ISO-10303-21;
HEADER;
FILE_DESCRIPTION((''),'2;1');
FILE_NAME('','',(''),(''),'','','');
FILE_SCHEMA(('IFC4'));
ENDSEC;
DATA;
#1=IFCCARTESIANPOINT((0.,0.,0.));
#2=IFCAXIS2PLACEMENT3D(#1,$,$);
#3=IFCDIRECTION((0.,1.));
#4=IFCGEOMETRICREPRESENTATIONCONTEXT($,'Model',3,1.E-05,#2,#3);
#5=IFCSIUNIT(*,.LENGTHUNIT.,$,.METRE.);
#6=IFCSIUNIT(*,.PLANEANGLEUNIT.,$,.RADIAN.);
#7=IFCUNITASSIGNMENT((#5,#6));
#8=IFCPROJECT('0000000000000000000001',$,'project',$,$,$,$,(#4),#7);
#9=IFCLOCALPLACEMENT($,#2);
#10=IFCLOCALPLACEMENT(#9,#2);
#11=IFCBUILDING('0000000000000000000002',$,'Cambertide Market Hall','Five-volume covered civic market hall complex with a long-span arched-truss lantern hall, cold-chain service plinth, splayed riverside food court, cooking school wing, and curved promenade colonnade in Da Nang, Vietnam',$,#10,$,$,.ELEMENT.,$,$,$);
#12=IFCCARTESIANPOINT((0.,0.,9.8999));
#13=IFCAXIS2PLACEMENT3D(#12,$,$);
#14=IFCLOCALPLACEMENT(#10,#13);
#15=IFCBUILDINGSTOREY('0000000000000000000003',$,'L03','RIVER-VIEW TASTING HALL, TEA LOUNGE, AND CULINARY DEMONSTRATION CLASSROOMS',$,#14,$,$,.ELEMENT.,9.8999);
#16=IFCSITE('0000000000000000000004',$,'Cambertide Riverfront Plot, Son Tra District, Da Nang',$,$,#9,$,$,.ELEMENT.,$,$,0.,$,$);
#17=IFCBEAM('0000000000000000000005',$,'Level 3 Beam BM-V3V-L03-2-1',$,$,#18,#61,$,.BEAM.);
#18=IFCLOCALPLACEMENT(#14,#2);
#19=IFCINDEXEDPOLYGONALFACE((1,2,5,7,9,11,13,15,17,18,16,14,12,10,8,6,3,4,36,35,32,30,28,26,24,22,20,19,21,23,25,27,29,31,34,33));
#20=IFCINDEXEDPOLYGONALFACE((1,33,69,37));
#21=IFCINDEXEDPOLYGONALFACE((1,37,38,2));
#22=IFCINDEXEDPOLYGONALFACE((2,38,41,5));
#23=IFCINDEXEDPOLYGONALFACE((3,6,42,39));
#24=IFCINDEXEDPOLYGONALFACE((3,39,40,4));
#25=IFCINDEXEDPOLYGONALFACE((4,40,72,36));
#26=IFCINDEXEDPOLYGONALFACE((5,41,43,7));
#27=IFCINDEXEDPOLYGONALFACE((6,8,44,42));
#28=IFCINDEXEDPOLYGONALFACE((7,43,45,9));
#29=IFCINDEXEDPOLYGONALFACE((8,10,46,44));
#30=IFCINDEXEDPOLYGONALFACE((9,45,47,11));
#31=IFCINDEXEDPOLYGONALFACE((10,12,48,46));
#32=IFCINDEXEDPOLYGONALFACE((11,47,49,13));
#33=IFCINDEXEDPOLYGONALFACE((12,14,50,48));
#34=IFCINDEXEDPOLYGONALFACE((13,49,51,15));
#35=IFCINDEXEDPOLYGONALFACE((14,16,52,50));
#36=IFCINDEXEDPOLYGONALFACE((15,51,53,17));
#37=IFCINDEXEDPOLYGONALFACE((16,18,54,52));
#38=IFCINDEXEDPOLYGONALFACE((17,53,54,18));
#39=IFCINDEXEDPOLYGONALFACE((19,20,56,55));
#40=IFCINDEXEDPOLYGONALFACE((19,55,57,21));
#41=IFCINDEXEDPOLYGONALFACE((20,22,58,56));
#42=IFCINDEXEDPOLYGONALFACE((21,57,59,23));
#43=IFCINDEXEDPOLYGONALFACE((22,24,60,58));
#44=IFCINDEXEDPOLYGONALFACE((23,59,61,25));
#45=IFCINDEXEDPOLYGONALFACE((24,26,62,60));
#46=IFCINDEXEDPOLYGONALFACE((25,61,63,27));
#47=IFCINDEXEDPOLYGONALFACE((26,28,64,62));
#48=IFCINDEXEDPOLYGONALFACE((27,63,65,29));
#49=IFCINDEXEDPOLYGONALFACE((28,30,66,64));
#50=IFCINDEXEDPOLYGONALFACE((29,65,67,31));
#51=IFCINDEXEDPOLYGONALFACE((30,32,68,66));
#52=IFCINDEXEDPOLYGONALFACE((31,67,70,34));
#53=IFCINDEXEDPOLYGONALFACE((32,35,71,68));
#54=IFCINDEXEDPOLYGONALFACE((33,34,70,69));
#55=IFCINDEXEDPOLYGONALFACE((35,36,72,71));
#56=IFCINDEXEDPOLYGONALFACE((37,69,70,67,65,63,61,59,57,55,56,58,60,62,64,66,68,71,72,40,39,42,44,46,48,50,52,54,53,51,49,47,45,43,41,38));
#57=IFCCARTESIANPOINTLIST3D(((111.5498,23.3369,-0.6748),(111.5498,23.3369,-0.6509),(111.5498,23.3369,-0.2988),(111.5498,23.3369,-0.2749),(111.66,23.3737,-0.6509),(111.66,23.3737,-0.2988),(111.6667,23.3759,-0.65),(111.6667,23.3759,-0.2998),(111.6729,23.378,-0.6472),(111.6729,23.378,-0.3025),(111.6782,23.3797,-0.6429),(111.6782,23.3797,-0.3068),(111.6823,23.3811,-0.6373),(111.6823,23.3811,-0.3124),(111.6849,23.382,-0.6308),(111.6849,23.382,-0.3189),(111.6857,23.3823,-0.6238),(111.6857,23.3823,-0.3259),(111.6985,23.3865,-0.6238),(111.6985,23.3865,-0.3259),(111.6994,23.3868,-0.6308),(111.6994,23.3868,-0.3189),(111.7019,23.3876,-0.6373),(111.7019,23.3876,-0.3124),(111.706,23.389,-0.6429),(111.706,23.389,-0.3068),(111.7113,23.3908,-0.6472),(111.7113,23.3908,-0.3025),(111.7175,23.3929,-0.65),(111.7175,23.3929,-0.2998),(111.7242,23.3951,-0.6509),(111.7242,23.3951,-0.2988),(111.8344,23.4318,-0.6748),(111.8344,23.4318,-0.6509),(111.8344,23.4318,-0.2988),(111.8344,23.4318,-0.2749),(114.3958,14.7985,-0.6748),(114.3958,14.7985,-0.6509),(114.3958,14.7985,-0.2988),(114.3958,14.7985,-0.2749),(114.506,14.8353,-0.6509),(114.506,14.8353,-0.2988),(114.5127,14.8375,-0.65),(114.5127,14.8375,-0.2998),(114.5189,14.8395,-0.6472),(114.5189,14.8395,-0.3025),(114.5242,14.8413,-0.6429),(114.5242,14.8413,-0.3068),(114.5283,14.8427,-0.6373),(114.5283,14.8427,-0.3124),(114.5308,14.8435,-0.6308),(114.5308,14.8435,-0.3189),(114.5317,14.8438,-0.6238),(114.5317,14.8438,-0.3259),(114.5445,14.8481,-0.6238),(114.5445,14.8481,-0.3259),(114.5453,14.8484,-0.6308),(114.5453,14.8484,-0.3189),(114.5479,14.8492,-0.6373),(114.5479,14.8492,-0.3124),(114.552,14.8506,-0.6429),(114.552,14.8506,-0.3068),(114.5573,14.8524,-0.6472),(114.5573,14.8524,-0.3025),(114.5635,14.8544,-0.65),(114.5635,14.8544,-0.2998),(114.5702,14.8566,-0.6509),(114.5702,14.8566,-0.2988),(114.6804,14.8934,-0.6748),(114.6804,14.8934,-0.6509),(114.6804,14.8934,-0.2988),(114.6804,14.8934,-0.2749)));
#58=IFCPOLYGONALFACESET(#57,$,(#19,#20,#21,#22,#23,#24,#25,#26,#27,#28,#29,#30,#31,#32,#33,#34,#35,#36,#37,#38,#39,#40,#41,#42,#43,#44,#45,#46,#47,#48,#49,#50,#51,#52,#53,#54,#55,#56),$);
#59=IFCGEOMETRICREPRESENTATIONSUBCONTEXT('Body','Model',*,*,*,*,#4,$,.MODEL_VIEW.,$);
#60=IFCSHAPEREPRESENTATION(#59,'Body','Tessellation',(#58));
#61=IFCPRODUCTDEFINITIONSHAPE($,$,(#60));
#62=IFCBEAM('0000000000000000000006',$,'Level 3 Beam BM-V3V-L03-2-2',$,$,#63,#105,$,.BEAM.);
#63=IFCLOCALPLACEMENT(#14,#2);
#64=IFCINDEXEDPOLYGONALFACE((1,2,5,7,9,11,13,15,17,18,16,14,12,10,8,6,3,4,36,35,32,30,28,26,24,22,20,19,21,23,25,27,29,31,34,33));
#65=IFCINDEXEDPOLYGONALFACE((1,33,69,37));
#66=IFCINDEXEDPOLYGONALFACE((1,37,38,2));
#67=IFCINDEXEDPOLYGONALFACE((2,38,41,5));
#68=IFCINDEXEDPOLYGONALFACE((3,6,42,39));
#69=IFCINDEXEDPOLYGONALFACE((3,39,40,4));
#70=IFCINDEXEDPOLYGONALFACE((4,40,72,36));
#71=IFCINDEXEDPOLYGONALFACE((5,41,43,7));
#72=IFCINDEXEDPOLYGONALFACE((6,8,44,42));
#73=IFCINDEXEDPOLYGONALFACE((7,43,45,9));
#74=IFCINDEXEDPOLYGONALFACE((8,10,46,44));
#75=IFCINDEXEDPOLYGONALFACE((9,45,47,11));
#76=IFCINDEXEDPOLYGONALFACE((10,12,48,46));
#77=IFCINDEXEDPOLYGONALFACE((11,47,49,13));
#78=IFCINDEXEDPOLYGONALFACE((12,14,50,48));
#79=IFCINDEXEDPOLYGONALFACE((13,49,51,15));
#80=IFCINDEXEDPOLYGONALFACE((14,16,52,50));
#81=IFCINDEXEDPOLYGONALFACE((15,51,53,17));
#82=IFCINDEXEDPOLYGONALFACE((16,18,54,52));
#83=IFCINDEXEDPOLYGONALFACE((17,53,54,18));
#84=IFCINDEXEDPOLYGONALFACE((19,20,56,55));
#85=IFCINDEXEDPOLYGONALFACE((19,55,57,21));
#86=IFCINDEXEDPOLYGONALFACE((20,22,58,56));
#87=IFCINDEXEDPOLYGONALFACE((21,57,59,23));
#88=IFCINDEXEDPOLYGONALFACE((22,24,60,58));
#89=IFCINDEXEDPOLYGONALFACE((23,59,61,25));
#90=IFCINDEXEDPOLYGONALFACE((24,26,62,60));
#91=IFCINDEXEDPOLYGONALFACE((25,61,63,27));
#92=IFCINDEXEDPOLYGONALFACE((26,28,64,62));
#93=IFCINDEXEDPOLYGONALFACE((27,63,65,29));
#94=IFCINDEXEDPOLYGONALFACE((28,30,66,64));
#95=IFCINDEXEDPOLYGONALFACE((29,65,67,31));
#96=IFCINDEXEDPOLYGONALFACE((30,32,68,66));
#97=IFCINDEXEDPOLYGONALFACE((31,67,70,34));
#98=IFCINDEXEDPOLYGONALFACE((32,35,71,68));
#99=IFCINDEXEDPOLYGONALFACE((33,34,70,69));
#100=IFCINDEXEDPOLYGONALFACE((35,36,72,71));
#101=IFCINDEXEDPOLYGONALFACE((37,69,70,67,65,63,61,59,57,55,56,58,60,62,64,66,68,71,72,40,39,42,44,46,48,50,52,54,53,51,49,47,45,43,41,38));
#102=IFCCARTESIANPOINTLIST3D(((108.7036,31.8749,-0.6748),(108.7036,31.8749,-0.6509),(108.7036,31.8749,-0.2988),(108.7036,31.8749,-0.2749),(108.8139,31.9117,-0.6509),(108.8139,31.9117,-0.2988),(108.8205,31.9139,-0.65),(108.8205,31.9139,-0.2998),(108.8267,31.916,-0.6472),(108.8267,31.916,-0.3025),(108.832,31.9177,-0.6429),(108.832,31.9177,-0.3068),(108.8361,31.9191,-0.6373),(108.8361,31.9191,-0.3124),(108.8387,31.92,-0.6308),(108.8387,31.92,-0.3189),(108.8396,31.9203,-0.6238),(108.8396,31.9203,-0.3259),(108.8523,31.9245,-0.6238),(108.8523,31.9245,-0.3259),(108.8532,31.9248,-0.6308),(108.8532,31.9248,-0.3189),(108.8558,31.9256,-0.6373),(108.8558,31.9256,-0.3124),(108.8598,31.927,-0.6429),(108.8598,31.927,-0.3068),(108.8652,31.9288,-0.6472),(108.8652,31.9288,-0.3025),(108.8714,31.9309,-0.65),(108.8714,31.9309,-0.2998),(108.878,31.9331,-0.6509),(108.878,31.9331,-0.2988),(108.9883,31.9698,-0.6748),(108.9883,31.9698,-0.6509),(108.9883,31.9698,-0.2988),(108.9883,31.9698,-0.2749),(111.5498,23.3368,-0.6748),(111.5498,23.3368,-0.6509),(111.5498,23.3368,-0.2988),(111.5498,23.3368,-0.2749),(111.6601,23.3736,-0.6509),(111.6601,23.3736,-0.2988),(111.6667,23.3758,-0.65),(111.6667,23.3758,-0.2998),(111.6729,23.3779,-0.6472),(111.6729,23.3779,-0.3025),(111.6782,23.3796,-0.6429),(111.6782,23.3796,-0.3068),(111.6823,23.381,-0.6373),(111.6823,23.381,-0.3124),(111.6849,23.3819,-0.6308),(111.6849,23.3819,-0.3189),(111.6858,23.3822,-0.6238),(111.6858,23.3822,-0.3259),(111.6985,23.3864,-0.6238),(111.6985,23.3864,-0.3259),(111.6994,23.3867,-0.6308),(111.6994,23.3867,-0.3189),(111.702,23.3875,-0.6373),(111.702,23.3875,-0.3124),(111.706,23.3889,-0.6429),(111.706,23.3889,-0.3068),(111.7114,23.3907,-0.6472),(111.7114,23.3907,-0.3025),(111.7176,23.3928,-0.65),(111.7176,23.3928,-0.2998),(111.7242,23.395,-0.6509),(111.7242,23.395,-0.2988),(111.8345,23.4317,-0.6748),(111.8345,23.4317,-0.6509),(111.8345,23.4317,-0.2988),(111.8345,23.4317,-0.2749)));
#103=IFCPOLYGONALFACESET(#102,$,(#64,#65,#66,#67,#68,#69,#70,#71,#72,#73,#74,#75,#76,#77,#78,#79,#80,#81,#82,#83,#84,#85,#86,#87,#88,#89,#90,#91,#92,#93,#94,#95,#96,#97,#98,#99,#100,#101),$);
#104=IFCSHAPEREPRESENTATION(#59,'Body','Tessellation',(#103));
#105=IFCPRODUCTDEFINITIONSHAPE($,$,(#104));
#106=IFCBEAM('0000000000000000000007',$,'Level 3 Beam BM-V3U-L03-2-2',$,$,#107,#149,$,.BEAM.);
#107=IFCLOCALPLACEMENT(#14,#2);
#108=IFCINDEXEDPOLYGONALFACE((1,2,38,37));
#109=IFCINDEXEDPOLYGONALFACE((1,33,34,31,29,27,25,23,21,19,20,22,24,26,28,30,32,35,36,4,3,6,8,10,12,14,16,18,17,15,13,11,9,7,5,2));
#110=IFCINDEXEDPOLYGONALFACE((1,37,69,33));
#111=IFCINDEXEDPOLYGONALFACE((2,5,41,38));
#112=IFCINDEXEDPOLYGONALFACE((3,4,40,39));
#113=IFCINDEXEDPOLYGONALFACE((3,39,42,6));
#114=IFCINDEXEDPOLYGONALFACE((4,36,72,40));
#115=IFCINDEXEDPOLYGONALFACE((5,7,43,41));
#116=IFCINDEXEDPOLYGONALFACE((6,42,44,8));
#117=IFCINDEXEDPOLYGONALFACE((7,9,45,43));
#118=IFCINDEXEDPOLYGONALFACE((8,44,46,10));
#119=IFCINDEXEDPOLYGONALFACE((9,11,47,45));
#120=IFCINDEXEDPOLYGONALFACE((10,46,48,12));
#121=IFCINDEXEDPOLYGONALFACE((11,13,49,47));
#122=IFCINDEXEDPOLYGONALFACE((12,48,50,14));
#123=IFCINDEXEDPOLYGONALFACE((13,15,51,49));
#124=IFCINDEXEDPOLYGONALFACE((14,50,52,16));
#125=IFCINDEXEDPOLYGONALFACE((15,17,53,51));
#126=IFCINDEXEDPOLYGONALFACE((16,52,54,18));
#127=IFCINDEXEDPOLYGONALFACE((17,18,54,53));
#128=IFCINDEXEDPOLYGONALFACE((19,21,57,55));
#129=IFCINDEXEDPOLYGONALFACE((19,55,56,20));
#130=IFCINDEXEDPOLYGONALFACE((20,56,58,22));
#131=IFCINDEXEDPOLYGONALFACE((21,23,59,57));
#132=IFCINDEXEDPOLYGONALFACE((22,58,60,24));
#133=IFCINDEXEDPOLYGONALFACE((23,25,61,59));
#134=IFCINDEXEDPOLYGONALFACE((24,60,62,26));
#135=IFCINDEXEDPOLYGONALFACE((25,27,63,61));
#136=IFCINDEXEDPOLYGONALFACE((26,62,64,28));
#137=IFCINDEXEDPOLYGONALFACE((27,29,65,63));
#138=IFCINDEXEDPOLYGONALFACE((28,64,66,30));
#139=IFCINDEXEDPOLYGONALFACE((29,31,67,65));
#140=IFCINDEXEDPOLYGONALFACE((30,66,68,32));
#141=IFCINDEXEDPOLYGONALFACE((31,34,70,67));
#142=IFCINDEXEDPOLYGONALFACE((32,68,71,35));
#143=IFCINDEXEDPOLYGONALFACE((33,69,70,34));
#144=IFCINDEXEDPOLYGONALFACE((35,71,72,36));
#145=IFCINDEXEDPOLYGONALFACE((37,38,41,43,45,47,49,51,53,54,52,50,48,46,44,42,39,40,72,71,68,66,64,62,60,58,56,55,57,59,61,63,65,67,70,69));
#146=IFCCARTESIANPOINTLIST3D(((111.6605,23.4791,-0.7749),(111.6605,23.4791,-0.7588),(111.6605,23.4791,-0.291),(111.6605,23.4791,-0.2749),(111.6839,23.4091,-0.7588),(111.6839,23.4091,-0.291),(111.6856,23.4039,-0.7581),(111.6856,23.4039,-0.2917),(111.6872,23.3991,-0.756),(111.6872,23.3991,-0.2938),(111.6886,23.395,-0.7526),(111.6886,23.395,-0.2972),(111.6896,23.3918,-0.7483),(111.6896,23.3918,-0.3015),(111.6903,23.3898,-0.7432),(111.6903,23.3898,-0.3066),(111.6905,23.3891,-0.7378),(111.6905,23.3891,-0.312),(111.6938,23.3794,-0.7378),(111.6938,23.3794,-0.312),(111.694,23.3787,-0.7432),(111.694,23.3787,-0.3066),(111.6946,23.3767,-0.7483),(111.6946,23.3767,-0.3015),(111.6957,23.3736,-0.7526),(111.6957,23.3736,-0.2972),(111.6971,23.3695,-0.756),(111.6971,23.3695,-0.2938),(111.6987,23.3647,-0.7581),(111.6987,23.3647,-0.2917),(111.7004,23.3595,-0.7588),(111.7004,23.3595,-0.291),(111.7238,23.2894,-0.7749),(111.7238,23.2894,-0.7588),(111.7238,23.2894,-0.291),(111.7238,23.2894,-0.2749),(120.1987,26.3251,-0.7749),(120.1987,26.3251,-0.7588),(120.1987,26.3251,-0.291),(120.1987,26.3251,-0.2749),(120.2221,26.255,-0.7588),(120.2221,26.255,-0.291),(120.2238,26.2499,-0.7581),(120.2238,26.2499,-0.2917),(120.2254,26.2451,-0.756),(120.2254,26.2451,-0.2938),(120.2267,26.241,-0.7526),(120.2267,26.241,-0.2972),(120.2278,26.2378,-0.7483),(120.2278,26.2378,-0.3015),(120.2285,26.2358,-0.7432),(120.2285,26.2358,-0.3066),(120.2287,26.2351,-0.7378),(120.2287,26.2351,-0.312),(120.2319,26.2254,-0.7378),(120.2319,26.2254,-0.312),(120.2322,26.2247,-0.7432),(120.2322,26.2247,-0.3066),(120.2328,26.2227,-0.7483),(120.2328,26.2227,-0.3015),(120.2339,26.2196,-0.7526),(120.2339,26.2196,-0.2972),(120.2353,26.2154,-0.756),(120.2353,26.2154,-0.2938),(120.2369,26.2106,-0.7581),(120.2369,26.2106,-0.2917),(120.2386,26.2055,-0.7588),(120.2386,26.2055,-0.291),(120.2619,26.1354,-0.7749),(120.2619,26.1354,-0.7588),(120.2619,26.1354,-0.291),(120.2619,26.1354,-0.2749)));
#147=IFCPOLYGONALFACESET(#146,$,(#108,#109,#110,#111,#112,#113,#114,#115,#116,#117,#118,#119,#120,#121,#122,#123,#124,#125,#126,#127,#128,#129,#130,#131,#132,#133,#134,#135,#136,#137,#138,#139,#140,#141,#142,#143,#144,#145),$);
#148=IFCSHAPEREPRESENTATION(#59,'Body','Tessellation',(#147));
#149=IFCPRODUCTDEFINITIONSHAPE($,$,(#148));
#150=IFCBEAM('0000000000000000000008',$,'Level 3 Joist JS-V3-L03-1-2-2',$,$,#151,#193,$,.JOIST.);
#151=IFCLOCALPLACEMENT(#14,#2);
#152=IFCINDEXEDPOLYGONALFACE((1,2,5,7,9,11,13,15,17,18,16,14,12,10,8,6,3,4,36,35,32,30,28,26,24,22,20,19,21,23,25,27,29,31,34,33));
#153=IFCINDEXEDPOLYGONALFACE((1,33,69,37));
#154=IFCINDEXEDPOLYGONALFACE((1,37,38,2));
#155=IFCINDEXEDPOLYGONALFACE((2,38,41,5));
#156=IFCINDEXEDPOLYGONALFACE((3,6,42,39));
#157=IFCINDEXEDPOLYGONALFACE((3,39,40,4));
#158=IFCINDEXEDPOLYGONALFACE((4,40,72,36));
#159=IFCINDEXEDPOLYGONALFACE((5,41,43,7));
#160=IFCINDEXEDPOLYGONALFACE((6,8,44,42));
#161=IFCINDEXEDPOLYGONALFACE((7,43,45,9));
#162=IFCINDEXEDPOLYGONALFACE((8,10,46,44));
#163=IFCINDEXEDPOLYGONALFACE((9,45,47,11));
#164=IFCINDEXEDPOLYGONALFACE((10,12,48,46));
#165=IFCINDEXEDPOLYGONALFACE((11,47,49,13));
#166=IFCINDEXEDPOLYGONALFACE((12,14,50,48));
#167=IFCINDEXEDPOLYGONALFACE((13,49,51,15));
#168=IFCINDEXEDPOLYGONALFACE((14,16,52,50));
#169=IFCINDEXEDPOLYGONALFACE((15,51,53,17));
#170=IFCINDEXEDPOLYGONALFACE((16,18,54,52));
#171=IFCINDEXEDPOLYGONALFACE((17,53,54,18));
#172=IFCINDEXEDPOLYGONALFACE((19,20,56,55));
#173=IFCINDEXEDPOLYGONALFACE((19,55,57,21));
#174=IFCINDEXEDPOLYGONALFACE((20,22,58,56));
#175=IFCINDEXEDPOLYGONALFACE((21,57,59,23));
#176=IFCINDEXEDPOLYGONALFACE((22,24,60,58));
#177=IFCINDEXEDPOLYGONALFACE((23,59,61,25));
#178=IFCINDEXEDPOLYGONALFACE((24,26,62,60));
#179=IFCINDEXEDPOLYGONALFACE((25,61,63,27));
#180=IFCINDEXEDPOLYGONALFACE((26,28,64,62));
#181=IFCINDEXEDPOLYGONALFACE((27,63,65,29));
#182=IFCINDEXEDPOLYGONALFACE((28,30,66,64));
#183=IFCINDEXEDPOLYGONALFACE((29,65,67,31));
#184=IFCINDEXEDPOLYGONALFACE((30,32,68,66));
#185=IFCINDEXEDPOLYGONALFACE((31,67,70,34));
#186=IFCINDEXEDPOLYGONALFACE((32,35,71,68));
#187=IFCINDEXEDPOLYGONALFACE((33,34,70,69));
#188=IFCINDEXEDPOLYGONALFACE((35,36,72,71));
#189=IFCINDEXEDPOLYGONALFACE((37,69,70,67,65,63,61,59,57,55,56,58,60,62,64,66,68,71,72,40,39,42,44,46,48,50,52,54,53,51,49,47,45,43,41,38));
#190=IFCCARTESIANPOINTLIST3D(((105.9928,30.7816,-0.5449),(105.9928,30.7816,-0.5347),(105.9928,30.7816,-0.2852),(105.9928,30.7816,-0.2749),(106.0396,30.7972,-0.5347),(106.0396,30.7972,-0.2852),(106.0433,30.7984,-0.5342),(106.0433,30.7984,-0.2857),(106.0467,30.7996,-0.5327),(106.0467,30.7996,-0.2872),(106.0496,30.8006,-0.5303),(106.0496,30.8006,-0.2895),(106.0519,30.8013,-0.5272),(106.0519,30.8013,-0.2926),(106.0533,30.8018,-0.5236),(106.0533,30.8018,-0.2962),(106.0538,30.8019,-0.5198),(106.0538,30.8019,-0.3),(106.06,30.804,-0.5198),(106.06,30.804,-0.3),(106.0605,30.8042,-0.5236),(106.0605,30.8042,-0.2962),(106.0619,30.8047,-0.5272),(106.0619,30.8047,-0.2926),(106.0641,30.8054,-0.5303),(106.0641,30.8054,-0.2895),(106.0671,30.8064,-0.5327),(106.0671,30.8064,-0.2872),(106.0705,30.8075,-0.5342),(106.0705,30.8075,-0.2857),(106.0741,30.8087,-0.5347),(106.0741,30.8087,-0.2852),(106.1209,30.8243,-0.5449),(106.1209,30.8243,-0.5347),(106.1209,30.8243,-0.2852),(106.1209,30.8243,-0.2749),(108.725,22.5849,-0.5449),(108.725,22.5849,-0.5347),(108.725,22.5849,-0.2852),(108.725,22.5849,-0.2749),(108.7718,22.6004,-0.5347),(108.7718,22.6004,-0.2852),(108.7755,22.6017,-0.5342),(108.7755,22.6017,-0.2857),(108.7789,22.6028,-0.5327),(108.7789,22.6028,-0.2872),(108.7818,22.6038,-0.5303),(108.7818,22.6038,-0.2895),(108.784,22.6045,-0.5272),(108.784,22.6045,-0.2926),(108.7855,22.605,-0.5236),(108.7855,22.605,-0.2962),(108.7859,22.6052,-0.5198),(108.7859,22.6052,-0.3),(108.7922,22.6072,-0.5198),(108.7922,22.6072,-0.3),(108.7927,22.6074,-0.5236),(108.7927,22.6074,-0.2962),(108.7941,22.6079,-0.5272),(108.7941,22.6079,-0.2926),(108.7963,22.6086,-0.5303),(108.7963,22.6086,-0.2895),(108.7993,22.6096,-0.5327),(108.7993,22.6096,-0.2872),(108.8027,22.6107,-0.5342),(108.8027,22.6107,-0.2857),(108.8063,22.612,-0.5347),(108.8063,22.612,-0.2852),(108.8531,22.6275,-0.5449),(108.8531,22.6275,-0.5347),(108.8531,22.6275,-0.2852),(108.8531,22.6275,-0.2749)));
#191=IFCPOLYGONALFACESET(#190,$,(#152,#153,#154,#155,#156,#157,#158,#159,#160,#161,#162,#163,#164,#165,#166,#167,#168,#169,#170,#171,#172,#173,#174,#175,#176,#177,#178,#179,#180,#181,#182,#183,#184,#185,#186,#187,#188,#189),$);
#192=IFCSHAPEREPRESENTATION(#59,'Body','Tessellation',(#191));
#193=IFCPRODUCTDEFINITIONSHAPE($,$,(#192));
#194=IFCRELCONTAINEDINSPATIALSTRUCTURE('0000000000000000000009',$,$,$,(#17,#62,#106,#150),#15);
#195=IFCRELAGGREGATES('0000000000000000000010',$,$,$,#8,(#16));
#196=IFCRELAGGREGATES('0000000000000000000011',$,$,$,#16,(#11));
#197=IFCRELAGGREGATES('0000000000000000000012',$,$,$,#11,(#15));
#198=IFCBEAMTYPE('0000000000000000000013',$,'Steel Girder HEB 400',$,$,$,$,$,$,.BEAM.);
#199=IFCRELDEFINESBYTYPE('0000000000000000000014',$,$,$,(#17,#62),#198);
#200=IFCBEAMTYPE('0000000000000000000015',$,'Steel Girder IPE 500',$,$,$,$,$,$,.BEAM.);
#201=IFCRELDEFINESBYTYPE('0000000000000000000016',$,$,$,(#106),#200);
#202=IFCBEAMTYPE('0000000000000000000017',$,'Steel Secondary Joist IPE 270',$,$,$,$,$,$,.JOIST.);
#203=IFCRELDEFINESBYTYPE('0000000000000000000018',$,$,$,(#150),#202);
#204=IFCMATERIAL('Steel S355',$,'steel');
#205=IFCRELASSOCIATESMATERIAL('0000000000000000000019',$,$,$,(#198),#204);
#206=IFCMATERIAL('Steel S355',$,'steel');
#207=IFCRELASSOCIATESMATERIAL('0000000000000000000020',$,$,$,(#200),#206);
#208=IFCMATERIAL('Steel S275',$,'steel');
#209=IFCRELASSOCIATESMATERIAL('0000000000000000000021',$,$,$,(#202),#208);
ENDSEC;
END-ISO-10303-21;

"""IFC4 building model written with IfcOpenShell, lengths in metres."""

from ifc_helpers import new_model, si_unit, direction, frame, origin, origin_2d, place, context, subcontext, project, spatial, i_section, extrude, material, material_profile, profile_set, type_object, element, save


model = new_model("IFC4")

# Units and contexts
model_context = context("Model", 3, precision=1e-05, world=origin(), true_north=direction((0.0, 1.0)))
body_context = subcontext(model_context, "Body", "Model", "MODEL_VIEW")
ifc_project = project(units=[si_unit("LENGTHUNIT", "METRE"), si_unit("PLANEANGLEUNIT", "RADIAN")], contexts=[model_context])

# Site, building, storey
site_placement = place(None, origin())
site = spatial("IfcSite", under=ifc_project, at=site_placement, Name="Cambertide Riverfront Plot, Son Tra District, Da Nang", CompositionType="ELEMENT", RefElevation=0.0)
building_placement = place(site_placement, origin())
building = spatial("IfcBuilding", under=site, at=building_placement, Name="Cambertide Market Hall", Description="Five-volume covered civic market hall complex with a long-span arched-truss lantern hall, cold-chain service plinth, splayed riverside food court, cooking school wing, and curved promenade colonnade in Da Nang, Vietnam", CompositionType="ELEMENT")
storey_placement = place(building_placement, frame((0.0, 0.0, 9.8999)))
storey = spatial("IfcBuildingStorey", under=building, at=storey_placement, Name="L03", Description="RIVER-VIEW TASTING HALL, TEA LOUNGE, AND CULINARY DEMONSTRATION CLASSROOMS", CompositionType="ELEMENT", Elevation=9.8999)

# Beams
ifc_material_1 = material(Name="Steel S355", Category="steel")
ifc_material_profile_1 = material_profile(ifc_material_1, i_section(OverallWidth=0.3, OverallDepth=0.3999, WebThickness=0.0134, FlangeThickness=0.0239, FilletRadius=0.0271, at=origin_2d()), Name="HEB 400")
ifc_profile_set_1 = profile_set([ifc_material_profile_1], Name="Steel S355")
beam_type_1 = type_object("IfcBeamType", Name="Steel Girder HEB 400", PredefinedType="BEAM", material=ifc_profile_set_1)
beam_1_placement = place(storey_placement, frame((114.5381, 14.8459, -0.4749), z_axis=(-0.316211, 0.948689, 0.0), x_axis=(-0.948689, -0.316211, 0.0)))
element("IfcBeam", 1, at=beam_1_placement, inside=storey, type_object=beam_type_1, Name="Level 3 Beam BM-V3V-L03-2-1", PredefinedType="BEAM", context=body_context, shape_type="SweptSolid", body=[
    extrude(i_section(OverallWidth=0.3, OverallDepth=0.3999, WebThickness=0.0134, FlangeThickness=0.0239, FilletRadius=0.0271, at=origin_2d()), origin(), (0.0, 0.0, 1.0), 9.0002),
])
beam_2_placement = place(storey_placement, frame((111.6921, 23.3843, -0.4749), z_axis=(-0.316244, 0.948678, 0.0), x_axis=(-0.948678, -0.316244, 0.0)))
element("IfcBeam", 2, at=beam_2_placement, inside=storey, type_object=beam_type_1, Name="Level 3 Beam BM-V3V-L03-2-2", PredefinedType="BEAM", context=body_context, shape_type="SweptSolid", body=[
    extrude(i_section(OverallWidth=0.3, OverallDepth=0.3999, WebThickness=0.0134, FlangeThickness=0.0239, FilletRadius=0.0271, at=origin_2d()), origin(), (0.0, 0.0, 1.0), 9.0),
])
ifc_material_2 = material(Name="Steel S355", Category="steel")
ifc_material_profile_2 = material_profile(ifc_material_2, i_section(OverallWidth=0.2, OverallDepth=0.5, WebThickness=0.0103, FlangeThickness=0.0161, FilletRadius=0.021, at=origin_2d()), Name="IPE 500")
ifc_profile_set_2 = profile_set([ifc_material_profile_2], Name="Steel S355")
beam_type_2 = type_object("IfcBeamType", Name="Steel Girder IPE 500", PredefinedType="BEAM", material=ifc_profile_set_2)
beam_3_placement = place(storey_placement, frame((111.6921, 23.3843, -0.5249), z_axis=(0.948686, 0.31622, 0.0), x_axis=(-0.31622, 0.948686, 0.0)))
element("IfcBeam", 3, at=beam_3_placement, inside=storey, type_object=beam_type_2, Name="Level 3 Beam BM-V3U-L03-2-2", PredefinedType="BEAM", context=body_context, shape_type="SweptSolid", body=[
    extrude(i_section(OverallWidth=0.2, OverallDepth=0.5, WebThickness=0.0103, FlangeThickness=0.0161, FilletRadius=0.021, at=origin_2d()), origin(), (0.0, 0.0, 1.0), 9.0),
])
ifc_material_3 = material(Name="Steel S275", Category="steel")
ifc_material_profile_3 = material_profile(ifc_material_3, i_section(OverallWidth=0.135, OverallDepth=0.27, WebThickness=0.0066, FlangeThickness=0.0103, FilletRadius=0.0149, at=origin_2d()), Name="IPE 270")
ifc_profile_set_3 = profile_set([ifc_material_profile_3], Name="Steel S275")
beam_type_3 = type_object("IfcBeamType", Name="Steel Secondary Joist IPE 270", PredefinedType="JOIST", material=ifc_profile_set_3)
beam_4_placement = place(storey_placement, frame((108.7891, 22.6062, -0.4099), z_axis=(-0.316219, 0.948686, 0.0), x_axis=(-0.948686, -0.316219, 0.0)))
element("IfcBeam", 4, at=beam_4_placement, inside=storey, type_object=beam_type_3, Name="Level 3 Joist JS-V3-L03-1-2-2", PredefinedType="JOIST", context=body_context, shape_type="SweptSolid", body=[
    extrude(i_section(OverallWidth=0.135, OverallDepth=0.27, WebThickness=0.0066, FlangeThickness=0.0103, FilletRadius=0.0149, at=origin_2d()), origin(), (0.0, 0.0, 1.0), 8.6401),
])

save(model, "model.ifc")
